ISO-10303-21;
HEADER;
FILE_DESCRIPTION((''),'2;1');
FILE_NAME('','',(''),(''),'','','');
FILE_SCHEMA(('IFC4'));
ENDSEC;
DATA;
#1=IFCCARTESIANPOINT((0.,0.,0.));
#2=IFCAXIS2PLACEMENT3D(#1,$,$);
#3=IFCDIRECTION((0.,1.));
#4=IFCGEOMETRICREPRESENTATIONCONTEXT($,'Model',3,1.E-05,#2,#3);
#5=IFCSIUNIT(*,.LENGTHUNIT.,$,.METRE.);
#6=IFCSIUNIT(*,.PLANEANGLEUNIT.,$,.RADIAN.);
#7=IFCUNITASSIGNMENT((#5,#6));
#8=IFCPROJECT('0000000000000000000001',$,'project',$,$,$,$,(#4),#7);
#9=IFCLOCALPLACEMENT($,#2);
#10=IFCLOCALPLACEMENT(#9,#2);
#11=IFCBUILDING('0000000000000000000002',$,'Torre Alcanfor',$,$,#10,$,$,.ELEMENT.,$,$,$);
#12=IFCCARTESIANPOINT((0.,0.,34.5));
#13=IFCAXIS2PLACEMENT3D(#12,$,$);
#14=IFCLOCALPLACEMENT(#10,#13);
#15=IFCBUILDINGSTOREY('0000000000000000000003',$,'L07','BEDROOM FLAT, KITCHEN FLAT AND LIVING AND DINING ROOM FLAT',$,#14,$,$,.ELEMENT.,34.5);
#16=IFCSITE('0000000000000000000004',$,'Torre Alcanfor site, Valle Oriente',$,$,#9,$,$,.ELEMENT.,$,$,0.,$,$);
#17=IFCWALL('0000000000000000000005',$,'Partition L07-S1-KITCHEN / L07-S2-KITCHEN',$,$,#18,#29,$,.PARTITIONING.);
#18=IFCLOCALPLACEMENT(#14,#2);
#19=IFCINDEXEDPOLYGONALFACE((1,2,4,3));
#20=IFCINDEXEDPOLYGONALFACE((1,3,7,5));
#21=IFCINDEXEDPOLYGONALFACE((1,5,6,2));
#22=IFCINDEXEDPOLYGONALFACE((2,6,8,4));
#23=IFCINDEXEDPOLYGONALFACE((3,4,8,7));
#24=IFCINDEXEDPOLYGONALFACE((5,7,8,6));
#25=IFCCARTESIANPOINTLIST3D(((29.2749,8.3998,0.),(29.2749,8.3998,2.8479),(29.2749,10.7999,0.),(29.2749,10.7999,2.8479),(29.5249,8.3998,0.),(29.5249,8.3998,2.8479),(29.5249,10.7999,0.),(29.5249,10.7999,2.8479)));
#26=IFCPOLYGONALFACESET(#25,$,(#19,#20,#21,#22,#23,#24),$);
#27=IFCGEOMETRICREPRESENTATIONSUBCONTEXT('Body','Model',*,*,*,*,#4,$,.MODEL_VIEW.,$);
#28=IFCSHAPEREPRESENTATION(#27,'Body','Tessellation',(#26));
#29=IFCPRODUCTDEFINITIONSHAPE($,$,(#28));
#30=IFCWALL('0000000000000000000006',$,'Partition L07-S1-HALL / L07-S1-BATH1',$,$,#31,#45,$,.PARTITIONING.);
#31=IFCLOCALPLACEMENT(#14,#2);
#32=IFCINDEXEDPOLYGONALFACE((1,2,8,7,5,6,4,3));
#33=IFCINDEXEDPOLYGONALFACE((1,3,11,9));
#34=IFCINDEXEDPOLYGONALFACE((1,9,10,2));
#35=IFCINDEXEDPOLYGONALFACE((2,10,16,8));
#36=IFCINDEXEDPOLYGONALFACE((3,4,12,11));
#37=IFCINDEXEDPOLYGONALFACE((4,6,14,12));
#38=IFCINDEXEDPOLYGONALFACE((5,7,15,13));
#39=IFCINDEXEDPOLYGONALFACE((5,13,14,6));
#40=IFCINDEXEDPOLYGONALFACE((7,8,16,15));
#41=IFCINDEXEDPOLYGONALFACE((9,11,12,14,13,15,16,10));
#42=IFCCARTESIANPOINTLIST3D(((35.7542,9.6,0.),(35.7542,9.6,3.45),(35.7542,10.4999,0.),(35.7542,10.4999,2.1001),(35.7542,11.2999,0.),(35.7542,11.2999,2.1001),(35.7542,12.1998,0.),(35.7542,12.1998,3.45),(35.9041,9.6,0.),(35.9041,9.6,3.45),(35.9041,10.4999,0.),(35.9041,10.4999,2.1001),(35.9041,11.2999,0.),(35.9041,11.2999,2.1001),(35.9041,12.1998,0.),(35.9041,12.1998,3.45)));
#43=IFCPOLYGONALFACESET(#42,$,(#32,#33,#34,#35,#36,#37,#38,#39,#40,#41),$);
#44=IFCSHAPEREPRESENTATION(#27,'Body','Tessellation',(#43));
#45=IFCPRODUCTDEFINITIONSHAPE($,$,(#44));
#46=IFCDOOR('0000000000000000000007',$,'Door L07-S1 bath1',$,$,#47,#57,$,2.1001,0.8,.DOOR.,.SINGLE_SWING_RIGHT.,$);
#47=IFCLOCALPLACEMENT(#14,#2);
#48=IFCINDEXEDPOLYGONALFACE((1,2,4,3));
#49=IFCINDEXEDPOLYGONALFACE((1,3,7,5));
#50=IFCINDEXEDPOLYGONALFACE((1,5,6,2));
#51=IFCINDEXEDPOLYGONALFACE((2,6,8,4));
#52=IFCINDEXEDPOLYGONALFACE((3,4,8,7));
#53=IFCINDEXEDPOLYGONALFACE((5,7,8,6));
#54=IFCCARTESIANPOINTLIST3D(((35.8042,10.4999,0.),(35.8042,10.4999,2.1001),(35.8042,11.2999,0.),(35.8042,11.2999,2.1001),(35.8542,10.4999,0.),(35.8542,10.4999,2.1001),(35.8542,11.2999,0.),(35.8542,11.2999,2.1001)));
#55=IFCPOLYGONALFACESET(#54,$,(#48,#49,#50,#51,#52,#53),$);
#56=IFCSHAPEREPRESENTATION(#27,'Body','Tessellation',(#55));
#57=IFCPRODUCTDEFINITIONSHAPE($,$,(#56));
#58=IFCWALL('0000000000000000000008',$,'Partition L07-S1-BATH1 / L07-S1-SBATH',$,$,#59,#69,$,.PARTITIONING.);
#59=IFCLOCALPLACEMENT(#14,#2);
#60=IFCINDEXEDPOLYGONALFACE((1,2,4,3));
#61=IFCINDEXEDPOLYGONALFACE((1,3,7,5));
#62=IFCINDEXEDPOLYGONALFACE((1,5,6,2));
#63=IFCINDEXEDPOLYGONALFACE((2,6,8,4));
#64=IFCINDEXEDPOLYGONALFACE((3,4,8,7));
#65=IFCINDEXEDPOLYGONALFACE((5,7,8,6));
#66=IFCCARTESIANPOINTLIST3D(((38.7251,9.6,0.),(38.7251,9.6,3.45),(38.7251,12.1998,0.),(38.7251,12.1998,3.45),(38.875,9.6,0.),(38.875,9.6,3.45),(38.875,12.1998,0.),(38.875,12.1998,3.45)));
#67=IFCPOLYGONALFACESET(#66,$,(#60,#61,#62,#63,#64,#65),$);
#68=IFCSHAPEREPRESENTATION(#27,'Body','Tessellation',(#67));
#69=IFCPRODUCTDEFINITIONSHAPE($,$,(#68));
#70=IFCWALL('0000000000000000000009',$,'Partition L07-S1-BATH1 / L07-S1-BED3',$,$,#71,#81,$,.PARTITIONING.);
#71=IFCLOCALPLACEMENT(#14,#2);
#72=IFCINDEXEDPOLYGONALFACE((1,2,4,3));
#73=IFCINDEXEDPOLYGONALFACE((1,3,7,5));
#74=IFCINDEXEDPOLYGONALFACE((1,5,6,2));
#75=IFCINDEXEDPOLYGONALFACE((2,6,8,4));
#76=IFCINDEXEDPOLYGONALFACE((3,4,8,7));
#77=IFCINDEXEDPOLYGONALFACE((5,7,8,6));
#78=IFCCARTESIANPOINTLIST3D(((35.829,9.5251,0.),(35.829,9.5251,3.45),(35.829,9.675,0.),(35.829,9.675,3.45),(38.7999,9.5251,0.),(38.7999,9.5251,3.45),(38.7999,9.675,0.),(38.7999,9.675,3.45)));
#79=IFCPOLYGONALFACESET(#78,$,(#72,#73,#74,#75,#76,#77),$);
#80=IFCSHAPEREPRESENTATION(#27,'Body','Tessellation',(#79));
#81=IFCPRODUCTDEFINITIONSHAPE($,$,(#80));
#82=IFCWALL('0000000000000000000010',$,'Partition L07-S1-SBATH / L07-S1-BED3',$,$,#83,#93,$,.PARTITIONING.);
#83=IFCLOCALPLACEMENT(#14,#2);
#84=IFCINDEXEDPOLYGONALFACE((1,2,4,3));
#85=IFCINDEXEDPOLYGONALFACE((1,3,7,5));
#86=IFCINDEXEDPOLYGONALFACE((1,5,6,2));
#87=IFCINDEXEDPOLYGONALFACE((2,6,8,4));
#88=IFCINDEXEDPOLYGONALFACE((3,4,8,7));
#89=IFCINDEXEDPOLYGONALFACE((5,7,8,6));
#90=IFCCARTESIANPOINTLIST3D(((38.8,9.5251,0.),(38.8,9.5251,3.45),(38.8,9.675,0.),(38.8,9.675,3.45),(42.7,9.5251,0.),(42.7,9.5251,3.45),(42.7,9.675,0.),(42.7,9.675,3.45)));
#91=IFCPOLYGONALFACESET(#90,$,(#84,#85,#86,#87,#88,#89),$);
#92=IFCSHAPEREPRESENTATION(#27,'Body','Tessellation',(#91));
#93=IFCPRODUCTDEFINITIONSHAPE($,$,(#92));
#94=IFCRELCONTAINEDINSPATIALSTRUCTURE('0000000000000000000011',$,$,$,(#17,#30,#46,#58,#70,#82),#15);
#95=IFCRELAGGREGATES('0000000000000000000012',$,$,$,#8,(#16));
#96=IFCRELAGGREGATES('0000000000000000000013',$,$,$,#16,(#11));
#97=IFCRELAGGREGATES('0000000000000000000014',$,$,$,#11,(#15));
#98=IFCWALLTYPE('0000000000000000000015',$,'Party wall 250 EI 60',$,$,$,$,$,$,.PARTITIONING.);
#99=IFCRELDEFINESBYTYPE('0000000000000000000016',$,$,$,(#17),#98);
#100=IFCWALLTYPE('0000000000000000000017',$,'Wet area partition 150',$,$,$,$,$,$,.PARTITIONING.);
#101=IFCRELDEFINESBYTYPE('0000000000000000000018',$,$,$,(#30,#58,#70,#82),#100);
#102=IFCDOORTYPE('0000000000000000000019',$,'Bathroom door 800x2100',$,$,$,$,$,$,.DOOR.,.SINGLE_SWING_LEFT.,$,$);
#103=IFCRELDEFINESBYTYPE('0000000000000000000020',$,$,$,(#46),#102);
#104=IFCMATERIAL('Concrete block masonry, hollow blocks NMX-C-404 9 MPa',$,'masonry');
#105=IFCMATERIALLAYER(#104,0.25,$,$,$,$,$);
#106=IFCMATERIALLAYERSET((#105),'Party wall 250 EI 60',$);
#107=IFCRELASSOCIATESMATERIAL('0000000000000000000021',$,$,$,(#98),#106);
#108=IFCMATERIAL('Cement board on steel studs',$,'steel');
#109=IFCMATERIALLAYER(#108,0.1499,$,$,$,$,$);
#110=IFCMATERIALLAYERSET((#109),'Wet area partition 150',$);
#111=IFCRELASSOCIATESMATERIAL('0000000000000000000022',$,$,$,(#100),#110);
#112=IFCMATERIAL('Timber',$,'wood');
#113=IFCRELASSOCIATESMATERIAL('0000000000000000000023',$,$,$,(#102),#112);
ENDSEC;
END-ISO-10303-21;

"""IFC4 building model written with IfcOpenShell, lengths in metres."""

from ifc_helpers import new_model, si_unit, direction, frame, frame_2d, origin, place, context, subcontext, project, spatial, rectangle, extrude, material, layer, layer_set, type_object, element, fill, save


model = new_model("IFC4")

# Units and contexts
model_context = context("Model", 3, precision=1e-05, world=origin(), true_north=direction((0.0, 1.0)))
body_context = subcontext(model_context, "Body", "Model", "MODEL_VIEW")
ifc_project = project(units=[si_unit("LENGTHUNIT", "METRE"), si_unit("PLANEANGLEUNIT", "RADIAN")], contexts=[model_context])

# Site, building, storey
site_placement = place(None, origin())
site = spatial("IfcSite", under=ifc_project, at=site_placement, Name="Torre Alcanfor site, Valle Oriente", CompositionType="ELEMENT", RefElevation=0.0)
building_placement = place(site_placement, origin())
building = spatial("IfcBuilding", under=site, at=building_placement, Name="Torre Alcanfor", CompositionType="ELEMENT")
storey_placement = place(building_placement, frame((0.0, 0.0, 34.5)))
storey = spatial("IfcBuildingStorey", under=building, at=storey_placement, Name="L07", Description="BEDROOM FLAT, KITCHEN FLAT AND LIVING AND DINING ROOM FLAT", CompositionType="ELEMENT", Elevation=34.5)

# Wall
ifc_material_1 = material(Name="Concrete block masonry, hollow blocks NMX-C-404 9 MPa", Category="masonry")
ifc_layer_1 = layer(ifc_material_1, 0.25)
ifc_layer_set_1 = layer_set([ifc_layer_1], Name="Party wall 250 EI 60")
wall_type_1 = type_object("IfcWallType", Name="Party wall 250 EI 60", PredefinedType="PARTITIONING", material=ifc_layer_set_1)
wall_1_placement = place(storey_placement, frame((29.3999, 10.8, 0.0), z_axis=(0.0, 0.0, 1.0), x_axis=(0.0, -1.0, 0.0)))
element("IfcWall", 1, at=wall_1_placement, inside=storey, type_object=wall_type_1, Name="Partition L07-S1-KITCHEN / L07-S2-KITCHEN", PredefinedType="PARTITIONING", context=body_context, shape_type="SweptSolid", body=[
    extrude(rectangle(XDim=2.4001, YDim=0.25, at=frame_2d((1.2002, 0.0))), origin(), (0.0, 0.0, 1.0), 2.8479),
])

# Wall, opening, door
ifc_material_2 = material(Name="Cement board on steel studs", Category="steel")
ifc_layer_2 = layer(ifc_material_2, 0.1499)
ifc_layer_set_2 = layer_set([ifc_layer_2], Name="Wet area partition 150")
wall_type_2 = type_object("IfcWallType", Name="Wet area partition 150", PredefinedType="PARTITIONING", material=ifc_layer_set_2)
wall_2_placement = place(storey_placement, frame((35.8291, 9.6001, 0.0), z_axis=(0.0, 0.0, 1.0), x_axis=(0.0, 1.0, 0.0)))
wall_2 = element("IfcWall", 2, at=wall_2_placement, inside=storey, type_object=wall_type_2, Name="Partition L07-S1-HALL / L07-S1-BATH1", PredefinedType="PARTITIONING", context=body_context, shape_type="SweptSolid", body=[
    extrude(rectangle(XDim=2.5999, YDim=0.1499, at=frame_2d((1.2998, 0.0))), origin(), (0.0, 0.0, 1.0), 3.45),
])
opening_1_placement = place(wall_2_placement, frame((0.8999, 0.0, 0.0)))
opening_1 = element("IfcOpeningElement", 3, at=opening_1_placement, cuts=wall_2, PredefinedType="OPENING", context=body_context, shape_type="SweptSolid", body=[
    extrude(rectangle(XDim=0.8, YDim=2.1001, at=frame_2d((0.3999, 1.05))), frame((0.0, 0.085, 0.0), z_axis=(0.0, -1.0, 0.0), x_axis=(1.0, 0.0, 0.0)), (0.0, 0.0, 1.0), 0.1699),
])
ifc_material_3 = material(Name="Timber", Category="wood")
door_type_1 = type_object("IfcDoorType", Name="Bathroom door 800x2100", OperationType="SINGLE_SWING_LEFT", PredefinedType="DOOR", material=ifc_material_3)
door_1_placement = place(opening_1_placement, frame((0.8, 0.0, 0.0), z_axis=(0.0, 0.0, 1.0), x_axis=(-1.0, 0.0, 0.0)))
door_1 = element("IfcDoor", 4, at=door_1_placement, inside=storey, type_object=door_type_1, Name="Door L07-S1 bath1", OperationType="SINGLE_SWING_RIGHT", OverallHeight=2.1001, OverallWidth=0.8, PredefinedType="DOOR", context=body_context, shape_type="SweptSolid", body=[
    extrude(rectangle(XDim=0.8, YDim=2.1001, at=frame_2d((0.4001, 1.05))), frame((0.0, 0.0251, 0.0), z_axis=(0.0, -1.0, 0.0), x_axis=(1.0, 0.0, 0.0)), (0.0, 0.0, 1.0), 0.05),
])
fill(opening_1, door_1)

# Walls
wall_3_placement = place(storey_placement, frame((38.8, 9.6001, 0.0), z_axis=(0.0, 0.0, 1.0), x_axis=(0.0, 1.0, 0.0)))
element("IfcWall", 5, at=wall_3_placement, inside=storey, type_object=wall_type_2, Name="Partition L07-S1-BATH1 / L07-S1-SBATH", PredefinedType="PARTITIONING", context=body_context, shape_type="SweptSolid", body=[
    extrude(rectangle(XDim=2.5999, YDim=0.1499, at=frame_2d((1.2998, 0.0))), origin(), (0.0, 0.0, 1.0), 3.45),
])
wall_4_placement = place(storey_placement, frame((35.8291, 9.6001, 0.0), z_axis=(0.0, 0.0, 1.0), x_axis=(1.0, 0.0, 0.0)))
element("IfcWall", 6, at=wall_4_placement, inside=storey, type_object=wall_type_2, Name="Partition L07-S1-BATH1 / L07-S1-BED3", PredefinedType="PARTITIONING", context=body_context, shape_type="SweptSolid", body=[
    extrude(rectangle(XDim=2.9709, YDim=0.1499, at=frame_2d((1.4854, 0.0))), origin(), (0.0, 0.0, 1.0), 3.45),
])
wall_5_placement = place(storey_placement, frame((38.8, 9.6001, 0.0), z_axis=(0.0, 0.0, 1.0), x_axis=(1.0, 0.0, 0.0)))
element("IfcWall", 7, at=wall_5_placement, inside=storey, type_object=wall_type_2, Name="Partition L07-S1-SBATH / L07-S1-BED3", PredefinedType="PARTITIONING", context=body_context, shape_type="SweptSolid", body=[
    extrude(rectangle(XDim=3.8999, YDim=0.1499, at=frame_2d((1.95, 0.0))), origin(), (0.0, 0.0, 1.0), 3.45),
])

save(model, "model.ifc")
